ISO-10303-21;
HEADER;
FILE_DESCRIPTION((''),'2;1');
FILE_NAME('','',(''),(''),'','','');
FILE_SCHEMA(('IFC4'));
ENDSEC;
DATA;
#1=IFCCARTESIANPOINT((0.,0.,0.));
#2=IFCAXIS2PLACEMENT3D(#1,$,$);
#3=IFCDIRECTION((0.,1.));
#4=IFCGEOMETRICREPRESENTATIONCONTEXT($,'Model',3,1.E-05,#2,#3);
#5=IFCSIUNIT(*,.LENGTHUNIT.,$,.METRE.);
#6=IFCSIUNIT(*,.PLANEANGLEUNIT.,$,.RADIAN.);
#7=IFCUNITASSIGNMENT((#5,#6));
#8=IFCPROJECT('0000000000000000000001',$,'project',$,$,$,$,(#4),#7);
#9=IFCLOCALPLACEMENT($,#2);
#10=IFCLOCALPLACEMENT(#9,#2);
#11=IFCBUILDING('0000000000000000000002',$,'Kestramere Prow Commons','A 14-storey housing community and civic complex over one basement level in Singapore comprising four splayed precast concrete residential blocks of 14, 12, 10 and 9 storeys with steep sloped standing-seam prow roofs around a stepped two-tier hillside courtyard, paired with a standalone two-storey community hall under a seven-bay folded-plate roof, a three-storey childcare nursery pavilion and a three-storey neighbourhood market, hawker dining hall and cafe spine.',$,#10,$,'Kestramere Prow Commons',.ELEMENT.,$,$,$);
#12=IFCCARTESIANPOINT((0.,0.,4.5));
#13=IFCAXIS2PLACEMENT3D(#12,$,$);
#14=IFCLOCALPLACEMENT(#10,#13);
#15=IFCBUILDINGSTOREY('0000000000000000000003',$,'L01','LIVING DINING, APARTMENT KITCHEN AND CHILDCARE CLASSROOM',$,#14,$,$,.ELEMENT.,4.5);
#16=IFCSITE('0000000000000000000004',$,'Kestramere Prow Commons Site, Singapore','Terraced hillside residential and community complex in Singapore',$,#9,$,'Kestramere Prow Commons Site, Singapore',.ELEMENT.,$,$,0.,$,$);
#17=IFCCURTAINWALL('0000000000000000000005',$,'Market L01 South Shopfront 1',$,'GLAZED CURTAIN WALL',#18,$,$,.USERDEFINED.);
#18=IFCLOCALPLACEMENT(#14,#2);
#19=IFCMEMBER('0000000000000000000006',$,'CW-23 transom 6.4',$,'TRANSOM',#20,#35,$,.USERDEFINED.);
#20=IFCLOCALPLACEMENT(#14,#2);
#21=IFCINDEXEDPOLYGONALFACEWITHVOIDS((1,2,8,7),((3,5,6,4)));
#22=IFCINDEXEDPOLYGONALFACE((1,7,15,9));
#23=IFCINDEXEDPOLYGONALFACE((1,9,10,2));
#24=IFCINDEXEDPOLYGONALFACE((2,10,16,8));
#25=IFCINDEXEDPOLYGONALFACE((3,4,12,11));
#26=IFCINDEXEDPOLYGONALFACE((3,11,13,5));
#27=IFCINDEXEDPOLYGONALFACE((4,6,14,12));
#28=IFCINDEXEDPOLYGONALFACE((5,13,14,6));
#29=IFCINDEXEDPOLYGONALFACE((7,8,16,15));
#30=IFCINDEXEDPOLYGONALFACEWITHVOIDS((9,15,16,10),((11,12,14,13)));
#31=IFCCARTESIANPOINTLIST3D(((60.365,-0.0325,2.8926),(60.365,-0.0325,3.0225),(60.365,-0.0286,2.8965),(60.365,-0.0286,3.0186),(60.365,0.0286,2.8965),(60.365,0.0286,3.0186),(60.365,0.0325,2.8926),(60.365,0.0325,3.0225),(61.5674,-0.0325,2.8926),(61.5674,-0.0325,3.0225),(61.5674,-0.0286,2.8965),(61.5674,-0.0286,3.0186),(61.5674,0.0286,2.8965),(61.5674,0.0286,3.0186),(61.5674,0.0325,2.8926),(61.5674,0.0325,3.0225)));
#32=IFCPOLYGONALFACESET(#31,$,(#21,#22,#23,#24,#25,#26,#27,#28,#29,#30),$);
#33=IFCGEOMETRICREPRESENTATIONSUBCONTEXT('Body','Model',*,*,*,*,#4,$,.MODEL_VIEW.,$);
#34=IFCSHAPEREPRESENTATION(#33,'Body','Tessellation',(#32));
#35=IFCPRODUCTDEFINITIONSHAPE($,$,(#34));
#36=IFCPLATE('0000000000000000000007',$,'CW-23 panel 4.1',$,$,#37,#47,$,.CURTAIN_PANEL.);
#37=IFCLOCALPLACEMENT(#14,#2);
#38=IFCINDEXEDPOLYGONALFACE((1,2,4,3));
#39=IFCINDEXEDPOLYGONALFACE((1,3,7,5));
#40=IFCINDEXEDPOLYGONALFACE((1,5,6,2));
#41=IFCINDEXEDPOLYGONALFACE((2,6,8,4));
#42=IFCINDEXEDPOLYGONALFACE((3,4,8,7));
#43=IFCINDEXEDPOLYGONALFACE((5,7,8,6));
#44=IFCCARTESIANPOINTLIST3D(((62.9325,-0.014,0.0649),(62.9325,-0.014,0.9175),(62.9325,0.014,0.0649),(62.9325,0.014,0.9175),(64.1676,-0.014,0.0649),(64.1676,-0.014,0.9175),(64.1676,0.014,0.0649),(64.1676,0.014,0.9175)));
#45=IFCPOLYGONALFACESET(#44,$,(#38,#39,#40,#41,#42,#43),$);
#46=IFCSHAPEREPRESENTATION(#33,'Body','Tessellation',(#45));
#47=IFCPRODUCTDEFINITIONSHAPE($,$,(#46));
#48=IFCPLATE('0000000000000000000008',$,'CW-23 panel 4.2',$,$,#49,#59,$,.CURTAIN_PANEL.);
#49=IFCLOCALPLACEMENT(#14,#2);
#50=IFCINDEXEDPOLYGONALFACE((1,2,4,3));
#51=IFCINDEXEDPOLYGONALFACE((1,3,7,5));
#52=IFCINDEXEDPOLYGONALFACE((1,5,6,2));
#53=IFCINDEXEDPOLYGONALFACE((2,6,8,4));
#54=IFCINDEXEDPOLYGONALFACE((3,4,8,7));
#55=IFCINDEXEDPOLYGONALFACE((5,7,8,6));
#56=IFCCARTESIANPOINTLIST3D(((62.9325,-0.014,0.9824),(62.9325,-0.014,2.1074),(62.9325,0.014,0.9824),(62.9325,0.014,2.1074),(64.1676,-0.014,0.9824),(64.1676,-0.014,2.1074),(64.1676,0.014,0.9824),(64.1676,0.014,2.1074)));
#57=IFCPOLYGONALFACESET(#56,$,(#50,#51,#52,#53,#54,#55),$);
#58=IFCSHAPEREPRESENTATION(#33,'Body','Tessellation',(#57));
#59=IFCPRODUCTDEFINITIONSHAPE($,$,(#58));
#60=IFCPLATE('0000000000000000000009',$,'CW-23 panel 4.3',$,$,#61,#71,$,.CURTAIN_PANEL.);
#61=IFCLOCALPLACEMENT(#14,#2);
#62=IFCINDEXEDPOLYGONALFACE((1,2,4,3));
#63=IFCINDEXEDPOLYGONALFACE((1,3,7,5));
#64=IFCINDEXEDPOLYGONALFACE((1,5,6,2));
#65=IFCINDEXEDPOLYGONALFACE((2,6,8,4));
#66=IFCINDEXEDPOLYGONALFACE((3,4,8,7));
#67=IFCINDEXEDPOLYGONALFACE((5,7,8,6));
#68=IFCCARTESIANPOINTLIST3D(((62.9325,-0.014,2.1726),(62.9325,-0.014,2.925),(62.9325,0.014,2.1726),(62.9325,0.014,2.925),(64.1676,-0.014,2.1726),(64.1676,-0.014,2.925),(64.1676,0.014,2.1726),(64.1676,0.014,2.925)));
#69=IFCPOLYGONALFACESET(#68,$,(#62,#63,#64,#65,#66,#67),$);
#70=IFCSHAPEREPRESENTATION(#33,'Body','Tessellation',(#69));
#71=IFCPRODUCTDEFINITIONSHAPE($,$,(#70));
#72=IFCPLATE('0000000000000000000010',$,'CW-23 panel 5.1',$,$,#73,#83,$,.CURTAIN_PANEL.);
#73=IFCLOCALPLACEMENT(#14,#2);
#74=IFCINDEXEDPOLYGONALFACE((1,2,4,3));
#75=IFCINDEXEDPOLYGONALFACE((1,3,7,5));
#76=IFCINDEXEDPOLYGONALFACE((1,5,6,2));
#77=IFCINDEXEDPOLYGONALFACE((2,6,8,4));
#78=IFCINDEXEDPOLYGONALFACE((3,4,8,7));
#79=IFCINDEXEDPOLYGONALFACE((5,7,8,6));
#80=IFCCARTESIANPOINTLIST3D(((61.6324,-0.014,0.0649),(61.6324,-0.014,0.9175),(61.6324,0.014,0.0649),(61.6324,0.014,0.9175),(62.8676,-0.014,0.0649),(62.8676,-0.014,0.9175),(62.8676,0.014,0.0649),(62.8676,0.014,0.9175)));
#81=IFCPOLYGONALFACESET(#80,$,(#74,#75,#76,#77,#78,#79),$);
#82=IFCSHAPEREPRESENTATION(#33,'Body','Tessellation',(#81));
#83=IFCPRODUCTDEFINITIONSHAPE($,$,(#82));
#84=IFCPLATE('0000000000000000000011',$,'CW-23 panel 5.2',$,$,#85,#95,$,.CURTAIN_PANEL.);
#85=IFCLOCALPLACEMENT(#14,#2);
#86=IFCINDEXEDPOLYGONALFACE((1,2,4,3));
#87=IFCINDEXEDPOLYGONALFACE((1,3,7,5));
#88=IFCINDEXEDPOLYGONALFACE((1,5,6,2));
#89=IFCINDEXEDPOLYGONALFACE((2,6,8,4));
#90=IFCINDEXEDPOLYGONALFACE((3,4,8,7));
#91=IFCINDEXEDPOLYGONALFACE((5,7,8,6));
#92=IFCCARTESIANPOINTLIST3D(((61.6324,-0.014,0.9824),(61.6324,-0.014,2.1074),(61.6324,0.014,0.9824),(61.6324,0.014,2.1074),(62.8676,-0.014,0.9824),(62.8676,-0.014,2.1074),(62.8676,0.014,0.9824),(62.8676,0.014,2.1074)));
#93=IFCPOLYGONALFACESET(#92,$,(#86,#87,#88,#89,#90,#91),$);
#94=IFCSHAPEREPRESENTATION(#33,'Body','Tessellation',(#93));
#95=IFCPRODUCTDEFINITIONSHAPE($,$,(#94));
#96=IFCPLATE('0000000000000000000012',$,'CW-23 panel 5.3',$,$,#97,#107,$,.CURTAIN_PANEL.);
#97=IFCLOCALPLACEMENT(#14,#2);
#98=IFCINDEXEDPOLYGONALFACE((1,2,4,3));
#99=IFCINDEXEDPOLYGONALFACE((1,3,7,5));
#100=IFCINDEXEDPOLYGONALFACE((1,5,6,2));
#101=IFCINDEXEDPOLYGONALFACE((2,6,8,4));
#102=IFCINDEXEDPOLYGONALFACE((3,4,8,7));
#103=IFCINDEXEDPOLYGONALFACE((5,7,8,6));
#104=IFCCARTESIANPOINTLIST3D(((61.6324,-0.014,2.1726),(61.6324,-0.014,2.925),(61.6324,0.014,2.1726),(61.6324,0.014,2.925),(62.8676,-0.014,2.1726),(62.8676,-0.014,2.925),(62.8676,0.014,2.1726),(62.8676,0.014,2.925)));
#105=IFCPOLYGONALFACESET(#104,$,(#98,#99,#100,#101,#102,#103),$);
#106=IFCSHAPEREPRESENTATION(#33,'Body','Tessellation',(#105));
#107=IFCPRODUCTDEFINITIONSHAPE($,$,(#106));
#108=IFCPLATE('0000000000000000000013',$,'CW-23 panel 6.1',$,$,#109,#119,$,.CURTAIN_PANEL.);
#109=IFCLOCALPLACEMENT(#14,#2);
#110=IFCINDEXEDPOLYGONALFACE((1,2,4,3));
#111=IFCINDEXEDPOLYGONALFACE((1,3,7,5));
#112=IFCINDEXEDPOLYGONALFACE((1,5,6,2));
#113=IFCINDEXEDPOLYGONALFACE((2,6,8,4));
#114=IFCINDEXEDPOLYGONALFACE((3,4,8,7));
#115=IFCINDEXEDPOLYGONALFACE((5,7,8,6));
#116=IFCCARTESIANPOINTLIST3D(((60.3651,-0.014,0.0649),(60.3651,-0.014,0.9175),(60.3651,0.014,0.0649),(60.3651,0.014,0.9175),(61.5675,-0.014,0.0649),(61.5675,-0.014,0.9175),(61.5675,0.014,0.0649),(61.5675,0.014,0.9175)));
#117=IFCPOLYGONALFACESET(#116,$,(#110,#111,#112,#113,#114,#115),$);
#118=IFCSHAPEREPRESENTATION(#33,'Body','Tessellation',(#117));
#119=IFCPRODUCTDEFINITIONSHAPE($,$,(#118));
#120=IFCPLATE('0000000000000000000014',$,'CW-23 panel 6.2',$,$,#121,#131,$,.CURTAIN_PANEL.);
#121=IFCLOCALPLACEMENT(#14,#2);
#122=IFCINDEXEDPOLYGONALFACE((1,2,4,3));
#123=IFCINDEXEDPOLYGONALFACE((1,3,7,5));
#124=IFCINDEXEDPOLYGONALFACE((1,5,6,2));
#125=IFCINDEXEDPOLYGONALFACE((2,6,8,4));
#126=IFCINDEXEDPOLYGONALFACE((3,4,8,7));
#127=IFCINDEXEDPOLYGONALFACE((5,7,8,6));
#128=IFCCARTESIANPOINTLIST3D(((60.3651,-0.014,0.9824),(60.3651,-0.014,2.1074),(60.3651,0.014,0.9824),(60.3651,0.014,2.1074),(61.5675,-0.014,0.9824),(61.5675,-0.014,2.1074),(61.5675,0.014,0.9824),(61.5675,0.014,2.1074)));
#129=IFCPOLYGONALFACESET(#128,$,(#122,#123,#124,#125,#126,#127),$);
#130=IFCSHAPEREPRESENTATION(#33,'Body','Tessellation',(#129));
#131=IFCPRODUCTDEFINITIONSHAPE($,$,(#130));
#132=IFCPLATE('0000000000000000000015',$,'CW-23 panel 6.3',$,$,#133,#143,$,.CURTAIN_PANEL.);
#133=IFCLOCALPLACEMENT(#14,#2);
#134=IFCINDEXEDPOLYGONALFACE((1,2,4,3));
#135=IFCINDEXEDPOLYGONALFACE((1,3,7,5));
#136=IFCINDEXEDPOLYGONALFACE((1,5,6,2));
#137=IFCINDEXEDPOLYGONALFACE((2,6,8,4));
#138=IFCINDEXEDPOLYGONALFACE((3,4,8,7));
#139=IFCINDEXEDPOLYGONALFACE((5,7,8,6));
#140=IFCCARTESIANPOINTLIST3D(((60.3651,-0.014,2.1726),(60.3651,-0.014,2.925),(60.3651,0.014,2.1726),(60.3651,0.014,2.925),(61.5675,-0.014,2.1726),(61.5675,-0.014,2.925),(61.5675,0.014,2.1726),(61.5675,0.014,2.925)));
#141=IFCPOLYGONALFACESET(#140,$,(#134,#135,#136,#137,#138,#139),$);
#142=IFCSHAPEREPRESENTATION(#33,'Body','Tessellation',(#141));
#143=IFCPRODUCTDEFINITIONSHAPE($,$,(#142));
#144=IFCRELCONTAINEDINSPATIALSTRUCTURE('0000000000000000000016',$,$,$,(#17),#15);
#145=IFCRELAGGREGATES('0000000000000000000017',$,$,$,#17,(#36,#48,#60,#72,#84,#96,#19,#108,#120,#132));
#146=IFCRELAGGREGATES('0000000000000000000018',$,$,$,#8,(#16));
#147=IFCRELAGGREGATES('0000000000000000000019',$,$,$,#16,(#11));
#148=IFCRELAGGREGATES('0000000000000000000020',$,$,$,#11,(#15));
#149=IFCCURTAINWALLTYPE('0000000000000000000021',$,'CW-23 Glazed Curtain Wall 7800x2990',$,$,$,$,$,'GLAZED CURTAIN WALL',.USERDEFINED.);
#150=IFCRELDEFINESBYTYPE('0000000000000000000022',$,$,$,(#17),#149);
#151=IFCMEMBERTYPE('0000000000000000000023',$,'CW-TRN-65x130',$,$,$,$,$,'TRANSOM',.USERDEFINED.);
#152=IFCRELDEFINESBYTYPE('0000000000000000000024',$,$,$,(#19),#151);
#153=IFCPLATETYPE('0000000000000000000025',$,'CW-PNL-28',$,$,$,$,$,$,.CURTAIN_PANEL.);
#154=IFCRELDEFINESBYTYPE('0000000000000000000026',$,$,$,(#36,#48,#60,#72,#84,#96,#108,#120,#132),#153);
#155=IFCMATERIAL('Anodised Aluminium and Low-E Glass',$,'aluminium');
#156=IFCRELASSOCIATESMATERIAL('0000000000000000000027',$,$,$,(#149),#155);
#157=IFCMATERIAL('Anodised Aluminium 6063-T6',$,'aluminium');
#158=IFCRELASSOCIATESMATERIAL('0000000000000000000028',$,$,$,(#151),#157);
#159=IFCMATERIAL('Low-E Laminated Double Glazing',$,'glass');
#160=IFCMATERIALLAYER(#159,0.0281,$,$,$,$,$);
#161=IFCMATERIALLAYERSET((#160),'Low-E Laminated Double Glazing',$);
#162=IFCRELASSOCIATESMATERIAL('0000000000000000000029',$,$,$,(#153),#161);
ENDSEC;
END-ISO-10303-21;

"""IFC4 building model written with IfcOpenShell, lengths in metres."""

from ifc_helpers import new_model, si_unit, direction, frame, origin, origin_2d, place, context, subcontext, project, spatial, rectangle, hollow_rectangle, extrude, material, layer, layer_set, material_profile, profile_set, type_object, element, aggregate, save


model = new_model("IFC4")

# Units and contexts
model_context = context("Model", 3, precision=1e-05, world=origin(), true_north=direction((0.0, 1.0)))
body_context = subcontext(model_context, "Body", "Model", "MODEL_VIEW")
ifc_project = project(units=[si_unit("LENGTHUNIT", "METRE"), si_unit("PLANEANGLEUNIT", "RADIAN")], contexts=[model_context])

# Site, building, storey
site_placement = place(None, origin())
site = spatial("IfcSite", under=ifc_project, at=site_placement, Name="Kestramere Prow Commons Site, Singapore", Description="Terraced hillside residential and community complex in Singapore", LongName="Kestramere Prow Commons Site, Singapore", CompositionType="ELEMENT", RefElevation=0.0)
building_placement = place(site_placement, origin())
building = spatial("IfcBuilding", under=site, at=building_placement, Name="Kestramere Prow Commons", Description="A 14-storey housing community and civic complex over one basement level in Singapore comprising four splayed precast concrete residential blocks of 14, 12, 10 and 9 storeys with steep sloped standing-seam prow roofs around a stepped two-tier hillside courtyard, paired with a standalone two-storey community hall under a seven-bay folded-plate roof, a three-storey childcare nursery pavilion and a three-storey neighbourhood market, hawker dining hall and cafe spine.", LongName="Kestramere Prow Commons", CompositionType="ELEMENT")
storey_placement = place(building_placement, frame((0.0, 0.0, 4.5)))
storey = spatial("IfcBuildingStorey", under=building, at=storey_placement, Name="L01", Description="LIVING DINING, APARTMENT KITCHEN AND CHILDCARE CLASSROOM", CompositionType="ELEMENT", Elevation=4.5)

# Curtain wall, member, plates
ifc_material_1 = material(Name="Anodised Aluminium and Low-E Glass", Category="aluminium")
curtain_wall_type = type_object("IfcCurtainWallType", Name="CW-23 Glazed Curtain Wall 7800x2990", ElementType="GLAZED CURTAIN WALL", PredefinedType="USERDEFINED", material=ifc_material_1)
curtain_wall_placement = place(storey_placement, origin())
curtain_wall = element("IfcCurtainWall", 1, at=curtain_wall_placement, inside=storey, type_object=curtain_wall_type, Name="Market L01 South Shopfront 1", ObjectType="GLAZED CURTAIN WALL", PredefinedType="USERDEFINED")
ifc_material_2 = material(Name="Anodised Aluminium 6063-T6", Category="aluminium")
ifc_material_profile_1 = material_profile(ifc_material_2, hollow_rectangle(XDim=0.0649, YDim=0.1299, WallThickness=0.0039, at=origin_2d()), Name="ALU-TRN 65x130")
ifc_profile_set_1 = profile_set([ifc_material_profile_1], Name="Anodised Aluminium 6063-T6")
member_type_1 = type_object("IfcMemberType", Name="CW-TRN-65x130", ElementType="TRANSOM", PredefinedType="USERDEFINED", material=ifc_profile_set_1)
member_1_placement = place(storey_placement, frame((61.5674, 0.0, 2.9575), z_axis=(-1.0, 0.0, 0.0), x_axis=(0.0, -1.0, 0.0)))
member_1 = element("IfcMember", 2, at=member_1_placement, type_object=member_type_1, Name="CW-23 transom 6.4", ObjectType="TRANSOM", PredefinedType="USERDEFINED", context=body_context, shape_type="SweptSolid", body=[
    extrude(hollow_rectangle(XDim=0.0649, YDim=0.1299, WallThickness=0.0039, at=origin_2d()), origin(), (0.0, 0.0, 1.0), 1.2024),
])
ifc_material_3 = material(Name="Low-E Laminated Double Glazing", Category="glass")
ifc_layer = layer(ifc_material_3, 0.0281)
ifc_layer_set = layer_set([ifc_layer], Name="Low-E Laminated Double Glazing")
plate_type = type_object("IfcPlateType", Name="CW-PNL-28", PredefinedType="CURTAIN_PANEL", material=ifc_layer_set)
plate_1_placement = place(storey_placement, frame((63.55, 0.0, 0.0649), z_axis=(0.0, 0.0, 1.0), x_axis=(-1.0, 0.0, 0.0)))
plate_1 = element("IfcPlate", 3, at=plate_1_placement, type_object=plate_type, Name="CW-23 panel 4.1", PredefinedType="CURTAIN_PANEL", context=body_context, shape_type="SweptSolid", body=[
    extrude(rectangle(XDim=1.2351, YDim=0.0281, at=origin_2d()), origin(), (0.0, 0.0, 1.0), 0.8525),
])
plate_2_placement = place(storey_placement, frame((63.55, 0.0, 0.9824), z_axis=(0.0, 0.0, 1.0), x_axis=(-1.0, 0.0, 0.0)))
plate_2 = element("IfcPlate", 4, at=plate_2_placement, type_object=plate_type, Name="CW-23 panel 4.2", PredefinedType="CURTAIN_PANEL", context=body_context, shape_type="SweptSolid", body=[
    extrude(rectangle(XDim=1.2351, YDim=0.0281, at=origin_2d()), origin(), (0.0, 0.0, 1.0), 1.125),
])
plate_3_placement = place(storey_placement, frame((63.55, 0.0, 2.1726), z_axis=(0.0, 0.0, 1.0), x_axis=(-1.0, 0.0, 0.0)))
plate_3 = element("IfcPlate", 5, at=plate_3_placement, type_object=plate_type, Name="CW-23 panel 4.3", PredefinedType="CURTAIN_PANEL", context=body_context, shape_type="SweptSolid", body=[
    extrude(rectangle(XDim=1.2351, YDim=0.0281, at=origin_2d()), origin(), (0.0, 0.0, 1.0), 0.7524),
])
plate_4_placement = place(storey_placement, frame((62.25, 0.0, 0.0649), z_axis=(0.0, 0.0, 1.0), x_axis=(-1.0, 0.0, 0.0)))
plate_4 = element("IfcPlate", 6, at=plate_4_placement, type_object=plate_type, Name="CW-23 panel 5.1", PredefinedType="CURTAIN_PANEL", context=body_context, shape_type="SweptSolid", body=[
    extrude(rectangle(XDim=1.2351, YDim=0.0281, at=origin_2d()), origin(), (0.0, 0.0, 1.0), 0.8525),
])
plate_5_placement = place(storey_placement, frame((62.25, 0.0, 0.9824), z_axis=(0.0, 0.0, 1.0), x_axis=(-1.0, 0.0, 0.0)))
plate_5 = element("IfcPlate", 7, at=plate_5_placement, type_object=plate_type, Name="CW-23 panel 5.2", PredefinedType="CURTAIN_PANEL", context=body_context, shape_type="SweptSolid", body=[
    extrude(rectangle(XDim=1.2351, YDim=0.0281, at=origin_2d()), origin(), (0.0, 0.0, 1.0), 1.125),
])
plate_6_placement = place(storey_placement, frame((62.25, 0.0, 2.1726), z_axis=(0.0, 0.0, 1.0), x_axis=(-1.0, 0.0, 0.0)))
plate_6 = element("IfcPlate", 8, at=plate_6_placement, type_object=plate_type, Name="CW-23 panel 5.3", PredefinedType="CURTAIN_PANEL", context=body_context, shape_type="SweptSolid", body=[
    extrude(rectangle(XDim=1.2351, YDim=0.0281, at=origin_2d()), origin(), (0.0, 0.0, 1.0), 0.7524),
])
plate_7_placement = place(storey_placement, frame((60.9663, 0.0, 0.0649), z_axis=(0.0, 0.0, 1.0), x_axis=(-1.0, 0.0, 0.0)))
plate_7 = element("IfcPlate", 9, at=plate_7_placement, type_object=plate_type, Name="CW-23 panel 6.1", PredefinedType="CURTAIN_PANEL", context=body_context, shape_type="SweptSolid", body=[
    extrude(rectangle(XDim=1.2024, YDim=0.0281, at=origin_2d()), origin(), (0.0, 0.0, 1.0), 0.8525),
])
plate_8_placement = place(storey_placement, frame((60.9663, 0.0, 0.9824), z_axis=(0.0, 0.0, 1.0), x_axis=(-1.0, 0.0, 0.0)))
plate_8 = element("IfcPlate", 10, at=plate_8_placement, type_object=plate_type, Name="CW-23 panel 6.2", PredefinedType="CURTAIN_PANEL", context=body_context, shape_type="SweptSolid", body=[
    extrude(rectangle(XDim=1.2024, YDim=0.0281, at=origin_2d()), origin(), (0.0, 0.0, 1.0), 1.125),
])
plate_9_placement = place(storey_placement, frame((60.9663, 0.0, 2.1726), z_axis=(0.0, 0.0, 1.0), x_axis=(-1.0, 0.0, 0.0)))
plate_9 = element("IfcPlate", 11, at=plate_9_placement, type_object=plate_type, Name="CW-23 panel 6.3", PredefinedType="CURTAIN_PANEL", context=body_context, shape_type="SweptSolid", body=[
    extrude(rectangle(XDim=1.2024, YDim=0.0281, at=origin_2d()), origin(), (0.0, 0.0, 1.0), 0.7524),
])
aggregate(curtain_wall, [plate_1, plate_2, plate_3, plate_4, plate_5, plate_6, member_1, plate_7, plate_8, plate_9])

save(model, "model.ifc")
